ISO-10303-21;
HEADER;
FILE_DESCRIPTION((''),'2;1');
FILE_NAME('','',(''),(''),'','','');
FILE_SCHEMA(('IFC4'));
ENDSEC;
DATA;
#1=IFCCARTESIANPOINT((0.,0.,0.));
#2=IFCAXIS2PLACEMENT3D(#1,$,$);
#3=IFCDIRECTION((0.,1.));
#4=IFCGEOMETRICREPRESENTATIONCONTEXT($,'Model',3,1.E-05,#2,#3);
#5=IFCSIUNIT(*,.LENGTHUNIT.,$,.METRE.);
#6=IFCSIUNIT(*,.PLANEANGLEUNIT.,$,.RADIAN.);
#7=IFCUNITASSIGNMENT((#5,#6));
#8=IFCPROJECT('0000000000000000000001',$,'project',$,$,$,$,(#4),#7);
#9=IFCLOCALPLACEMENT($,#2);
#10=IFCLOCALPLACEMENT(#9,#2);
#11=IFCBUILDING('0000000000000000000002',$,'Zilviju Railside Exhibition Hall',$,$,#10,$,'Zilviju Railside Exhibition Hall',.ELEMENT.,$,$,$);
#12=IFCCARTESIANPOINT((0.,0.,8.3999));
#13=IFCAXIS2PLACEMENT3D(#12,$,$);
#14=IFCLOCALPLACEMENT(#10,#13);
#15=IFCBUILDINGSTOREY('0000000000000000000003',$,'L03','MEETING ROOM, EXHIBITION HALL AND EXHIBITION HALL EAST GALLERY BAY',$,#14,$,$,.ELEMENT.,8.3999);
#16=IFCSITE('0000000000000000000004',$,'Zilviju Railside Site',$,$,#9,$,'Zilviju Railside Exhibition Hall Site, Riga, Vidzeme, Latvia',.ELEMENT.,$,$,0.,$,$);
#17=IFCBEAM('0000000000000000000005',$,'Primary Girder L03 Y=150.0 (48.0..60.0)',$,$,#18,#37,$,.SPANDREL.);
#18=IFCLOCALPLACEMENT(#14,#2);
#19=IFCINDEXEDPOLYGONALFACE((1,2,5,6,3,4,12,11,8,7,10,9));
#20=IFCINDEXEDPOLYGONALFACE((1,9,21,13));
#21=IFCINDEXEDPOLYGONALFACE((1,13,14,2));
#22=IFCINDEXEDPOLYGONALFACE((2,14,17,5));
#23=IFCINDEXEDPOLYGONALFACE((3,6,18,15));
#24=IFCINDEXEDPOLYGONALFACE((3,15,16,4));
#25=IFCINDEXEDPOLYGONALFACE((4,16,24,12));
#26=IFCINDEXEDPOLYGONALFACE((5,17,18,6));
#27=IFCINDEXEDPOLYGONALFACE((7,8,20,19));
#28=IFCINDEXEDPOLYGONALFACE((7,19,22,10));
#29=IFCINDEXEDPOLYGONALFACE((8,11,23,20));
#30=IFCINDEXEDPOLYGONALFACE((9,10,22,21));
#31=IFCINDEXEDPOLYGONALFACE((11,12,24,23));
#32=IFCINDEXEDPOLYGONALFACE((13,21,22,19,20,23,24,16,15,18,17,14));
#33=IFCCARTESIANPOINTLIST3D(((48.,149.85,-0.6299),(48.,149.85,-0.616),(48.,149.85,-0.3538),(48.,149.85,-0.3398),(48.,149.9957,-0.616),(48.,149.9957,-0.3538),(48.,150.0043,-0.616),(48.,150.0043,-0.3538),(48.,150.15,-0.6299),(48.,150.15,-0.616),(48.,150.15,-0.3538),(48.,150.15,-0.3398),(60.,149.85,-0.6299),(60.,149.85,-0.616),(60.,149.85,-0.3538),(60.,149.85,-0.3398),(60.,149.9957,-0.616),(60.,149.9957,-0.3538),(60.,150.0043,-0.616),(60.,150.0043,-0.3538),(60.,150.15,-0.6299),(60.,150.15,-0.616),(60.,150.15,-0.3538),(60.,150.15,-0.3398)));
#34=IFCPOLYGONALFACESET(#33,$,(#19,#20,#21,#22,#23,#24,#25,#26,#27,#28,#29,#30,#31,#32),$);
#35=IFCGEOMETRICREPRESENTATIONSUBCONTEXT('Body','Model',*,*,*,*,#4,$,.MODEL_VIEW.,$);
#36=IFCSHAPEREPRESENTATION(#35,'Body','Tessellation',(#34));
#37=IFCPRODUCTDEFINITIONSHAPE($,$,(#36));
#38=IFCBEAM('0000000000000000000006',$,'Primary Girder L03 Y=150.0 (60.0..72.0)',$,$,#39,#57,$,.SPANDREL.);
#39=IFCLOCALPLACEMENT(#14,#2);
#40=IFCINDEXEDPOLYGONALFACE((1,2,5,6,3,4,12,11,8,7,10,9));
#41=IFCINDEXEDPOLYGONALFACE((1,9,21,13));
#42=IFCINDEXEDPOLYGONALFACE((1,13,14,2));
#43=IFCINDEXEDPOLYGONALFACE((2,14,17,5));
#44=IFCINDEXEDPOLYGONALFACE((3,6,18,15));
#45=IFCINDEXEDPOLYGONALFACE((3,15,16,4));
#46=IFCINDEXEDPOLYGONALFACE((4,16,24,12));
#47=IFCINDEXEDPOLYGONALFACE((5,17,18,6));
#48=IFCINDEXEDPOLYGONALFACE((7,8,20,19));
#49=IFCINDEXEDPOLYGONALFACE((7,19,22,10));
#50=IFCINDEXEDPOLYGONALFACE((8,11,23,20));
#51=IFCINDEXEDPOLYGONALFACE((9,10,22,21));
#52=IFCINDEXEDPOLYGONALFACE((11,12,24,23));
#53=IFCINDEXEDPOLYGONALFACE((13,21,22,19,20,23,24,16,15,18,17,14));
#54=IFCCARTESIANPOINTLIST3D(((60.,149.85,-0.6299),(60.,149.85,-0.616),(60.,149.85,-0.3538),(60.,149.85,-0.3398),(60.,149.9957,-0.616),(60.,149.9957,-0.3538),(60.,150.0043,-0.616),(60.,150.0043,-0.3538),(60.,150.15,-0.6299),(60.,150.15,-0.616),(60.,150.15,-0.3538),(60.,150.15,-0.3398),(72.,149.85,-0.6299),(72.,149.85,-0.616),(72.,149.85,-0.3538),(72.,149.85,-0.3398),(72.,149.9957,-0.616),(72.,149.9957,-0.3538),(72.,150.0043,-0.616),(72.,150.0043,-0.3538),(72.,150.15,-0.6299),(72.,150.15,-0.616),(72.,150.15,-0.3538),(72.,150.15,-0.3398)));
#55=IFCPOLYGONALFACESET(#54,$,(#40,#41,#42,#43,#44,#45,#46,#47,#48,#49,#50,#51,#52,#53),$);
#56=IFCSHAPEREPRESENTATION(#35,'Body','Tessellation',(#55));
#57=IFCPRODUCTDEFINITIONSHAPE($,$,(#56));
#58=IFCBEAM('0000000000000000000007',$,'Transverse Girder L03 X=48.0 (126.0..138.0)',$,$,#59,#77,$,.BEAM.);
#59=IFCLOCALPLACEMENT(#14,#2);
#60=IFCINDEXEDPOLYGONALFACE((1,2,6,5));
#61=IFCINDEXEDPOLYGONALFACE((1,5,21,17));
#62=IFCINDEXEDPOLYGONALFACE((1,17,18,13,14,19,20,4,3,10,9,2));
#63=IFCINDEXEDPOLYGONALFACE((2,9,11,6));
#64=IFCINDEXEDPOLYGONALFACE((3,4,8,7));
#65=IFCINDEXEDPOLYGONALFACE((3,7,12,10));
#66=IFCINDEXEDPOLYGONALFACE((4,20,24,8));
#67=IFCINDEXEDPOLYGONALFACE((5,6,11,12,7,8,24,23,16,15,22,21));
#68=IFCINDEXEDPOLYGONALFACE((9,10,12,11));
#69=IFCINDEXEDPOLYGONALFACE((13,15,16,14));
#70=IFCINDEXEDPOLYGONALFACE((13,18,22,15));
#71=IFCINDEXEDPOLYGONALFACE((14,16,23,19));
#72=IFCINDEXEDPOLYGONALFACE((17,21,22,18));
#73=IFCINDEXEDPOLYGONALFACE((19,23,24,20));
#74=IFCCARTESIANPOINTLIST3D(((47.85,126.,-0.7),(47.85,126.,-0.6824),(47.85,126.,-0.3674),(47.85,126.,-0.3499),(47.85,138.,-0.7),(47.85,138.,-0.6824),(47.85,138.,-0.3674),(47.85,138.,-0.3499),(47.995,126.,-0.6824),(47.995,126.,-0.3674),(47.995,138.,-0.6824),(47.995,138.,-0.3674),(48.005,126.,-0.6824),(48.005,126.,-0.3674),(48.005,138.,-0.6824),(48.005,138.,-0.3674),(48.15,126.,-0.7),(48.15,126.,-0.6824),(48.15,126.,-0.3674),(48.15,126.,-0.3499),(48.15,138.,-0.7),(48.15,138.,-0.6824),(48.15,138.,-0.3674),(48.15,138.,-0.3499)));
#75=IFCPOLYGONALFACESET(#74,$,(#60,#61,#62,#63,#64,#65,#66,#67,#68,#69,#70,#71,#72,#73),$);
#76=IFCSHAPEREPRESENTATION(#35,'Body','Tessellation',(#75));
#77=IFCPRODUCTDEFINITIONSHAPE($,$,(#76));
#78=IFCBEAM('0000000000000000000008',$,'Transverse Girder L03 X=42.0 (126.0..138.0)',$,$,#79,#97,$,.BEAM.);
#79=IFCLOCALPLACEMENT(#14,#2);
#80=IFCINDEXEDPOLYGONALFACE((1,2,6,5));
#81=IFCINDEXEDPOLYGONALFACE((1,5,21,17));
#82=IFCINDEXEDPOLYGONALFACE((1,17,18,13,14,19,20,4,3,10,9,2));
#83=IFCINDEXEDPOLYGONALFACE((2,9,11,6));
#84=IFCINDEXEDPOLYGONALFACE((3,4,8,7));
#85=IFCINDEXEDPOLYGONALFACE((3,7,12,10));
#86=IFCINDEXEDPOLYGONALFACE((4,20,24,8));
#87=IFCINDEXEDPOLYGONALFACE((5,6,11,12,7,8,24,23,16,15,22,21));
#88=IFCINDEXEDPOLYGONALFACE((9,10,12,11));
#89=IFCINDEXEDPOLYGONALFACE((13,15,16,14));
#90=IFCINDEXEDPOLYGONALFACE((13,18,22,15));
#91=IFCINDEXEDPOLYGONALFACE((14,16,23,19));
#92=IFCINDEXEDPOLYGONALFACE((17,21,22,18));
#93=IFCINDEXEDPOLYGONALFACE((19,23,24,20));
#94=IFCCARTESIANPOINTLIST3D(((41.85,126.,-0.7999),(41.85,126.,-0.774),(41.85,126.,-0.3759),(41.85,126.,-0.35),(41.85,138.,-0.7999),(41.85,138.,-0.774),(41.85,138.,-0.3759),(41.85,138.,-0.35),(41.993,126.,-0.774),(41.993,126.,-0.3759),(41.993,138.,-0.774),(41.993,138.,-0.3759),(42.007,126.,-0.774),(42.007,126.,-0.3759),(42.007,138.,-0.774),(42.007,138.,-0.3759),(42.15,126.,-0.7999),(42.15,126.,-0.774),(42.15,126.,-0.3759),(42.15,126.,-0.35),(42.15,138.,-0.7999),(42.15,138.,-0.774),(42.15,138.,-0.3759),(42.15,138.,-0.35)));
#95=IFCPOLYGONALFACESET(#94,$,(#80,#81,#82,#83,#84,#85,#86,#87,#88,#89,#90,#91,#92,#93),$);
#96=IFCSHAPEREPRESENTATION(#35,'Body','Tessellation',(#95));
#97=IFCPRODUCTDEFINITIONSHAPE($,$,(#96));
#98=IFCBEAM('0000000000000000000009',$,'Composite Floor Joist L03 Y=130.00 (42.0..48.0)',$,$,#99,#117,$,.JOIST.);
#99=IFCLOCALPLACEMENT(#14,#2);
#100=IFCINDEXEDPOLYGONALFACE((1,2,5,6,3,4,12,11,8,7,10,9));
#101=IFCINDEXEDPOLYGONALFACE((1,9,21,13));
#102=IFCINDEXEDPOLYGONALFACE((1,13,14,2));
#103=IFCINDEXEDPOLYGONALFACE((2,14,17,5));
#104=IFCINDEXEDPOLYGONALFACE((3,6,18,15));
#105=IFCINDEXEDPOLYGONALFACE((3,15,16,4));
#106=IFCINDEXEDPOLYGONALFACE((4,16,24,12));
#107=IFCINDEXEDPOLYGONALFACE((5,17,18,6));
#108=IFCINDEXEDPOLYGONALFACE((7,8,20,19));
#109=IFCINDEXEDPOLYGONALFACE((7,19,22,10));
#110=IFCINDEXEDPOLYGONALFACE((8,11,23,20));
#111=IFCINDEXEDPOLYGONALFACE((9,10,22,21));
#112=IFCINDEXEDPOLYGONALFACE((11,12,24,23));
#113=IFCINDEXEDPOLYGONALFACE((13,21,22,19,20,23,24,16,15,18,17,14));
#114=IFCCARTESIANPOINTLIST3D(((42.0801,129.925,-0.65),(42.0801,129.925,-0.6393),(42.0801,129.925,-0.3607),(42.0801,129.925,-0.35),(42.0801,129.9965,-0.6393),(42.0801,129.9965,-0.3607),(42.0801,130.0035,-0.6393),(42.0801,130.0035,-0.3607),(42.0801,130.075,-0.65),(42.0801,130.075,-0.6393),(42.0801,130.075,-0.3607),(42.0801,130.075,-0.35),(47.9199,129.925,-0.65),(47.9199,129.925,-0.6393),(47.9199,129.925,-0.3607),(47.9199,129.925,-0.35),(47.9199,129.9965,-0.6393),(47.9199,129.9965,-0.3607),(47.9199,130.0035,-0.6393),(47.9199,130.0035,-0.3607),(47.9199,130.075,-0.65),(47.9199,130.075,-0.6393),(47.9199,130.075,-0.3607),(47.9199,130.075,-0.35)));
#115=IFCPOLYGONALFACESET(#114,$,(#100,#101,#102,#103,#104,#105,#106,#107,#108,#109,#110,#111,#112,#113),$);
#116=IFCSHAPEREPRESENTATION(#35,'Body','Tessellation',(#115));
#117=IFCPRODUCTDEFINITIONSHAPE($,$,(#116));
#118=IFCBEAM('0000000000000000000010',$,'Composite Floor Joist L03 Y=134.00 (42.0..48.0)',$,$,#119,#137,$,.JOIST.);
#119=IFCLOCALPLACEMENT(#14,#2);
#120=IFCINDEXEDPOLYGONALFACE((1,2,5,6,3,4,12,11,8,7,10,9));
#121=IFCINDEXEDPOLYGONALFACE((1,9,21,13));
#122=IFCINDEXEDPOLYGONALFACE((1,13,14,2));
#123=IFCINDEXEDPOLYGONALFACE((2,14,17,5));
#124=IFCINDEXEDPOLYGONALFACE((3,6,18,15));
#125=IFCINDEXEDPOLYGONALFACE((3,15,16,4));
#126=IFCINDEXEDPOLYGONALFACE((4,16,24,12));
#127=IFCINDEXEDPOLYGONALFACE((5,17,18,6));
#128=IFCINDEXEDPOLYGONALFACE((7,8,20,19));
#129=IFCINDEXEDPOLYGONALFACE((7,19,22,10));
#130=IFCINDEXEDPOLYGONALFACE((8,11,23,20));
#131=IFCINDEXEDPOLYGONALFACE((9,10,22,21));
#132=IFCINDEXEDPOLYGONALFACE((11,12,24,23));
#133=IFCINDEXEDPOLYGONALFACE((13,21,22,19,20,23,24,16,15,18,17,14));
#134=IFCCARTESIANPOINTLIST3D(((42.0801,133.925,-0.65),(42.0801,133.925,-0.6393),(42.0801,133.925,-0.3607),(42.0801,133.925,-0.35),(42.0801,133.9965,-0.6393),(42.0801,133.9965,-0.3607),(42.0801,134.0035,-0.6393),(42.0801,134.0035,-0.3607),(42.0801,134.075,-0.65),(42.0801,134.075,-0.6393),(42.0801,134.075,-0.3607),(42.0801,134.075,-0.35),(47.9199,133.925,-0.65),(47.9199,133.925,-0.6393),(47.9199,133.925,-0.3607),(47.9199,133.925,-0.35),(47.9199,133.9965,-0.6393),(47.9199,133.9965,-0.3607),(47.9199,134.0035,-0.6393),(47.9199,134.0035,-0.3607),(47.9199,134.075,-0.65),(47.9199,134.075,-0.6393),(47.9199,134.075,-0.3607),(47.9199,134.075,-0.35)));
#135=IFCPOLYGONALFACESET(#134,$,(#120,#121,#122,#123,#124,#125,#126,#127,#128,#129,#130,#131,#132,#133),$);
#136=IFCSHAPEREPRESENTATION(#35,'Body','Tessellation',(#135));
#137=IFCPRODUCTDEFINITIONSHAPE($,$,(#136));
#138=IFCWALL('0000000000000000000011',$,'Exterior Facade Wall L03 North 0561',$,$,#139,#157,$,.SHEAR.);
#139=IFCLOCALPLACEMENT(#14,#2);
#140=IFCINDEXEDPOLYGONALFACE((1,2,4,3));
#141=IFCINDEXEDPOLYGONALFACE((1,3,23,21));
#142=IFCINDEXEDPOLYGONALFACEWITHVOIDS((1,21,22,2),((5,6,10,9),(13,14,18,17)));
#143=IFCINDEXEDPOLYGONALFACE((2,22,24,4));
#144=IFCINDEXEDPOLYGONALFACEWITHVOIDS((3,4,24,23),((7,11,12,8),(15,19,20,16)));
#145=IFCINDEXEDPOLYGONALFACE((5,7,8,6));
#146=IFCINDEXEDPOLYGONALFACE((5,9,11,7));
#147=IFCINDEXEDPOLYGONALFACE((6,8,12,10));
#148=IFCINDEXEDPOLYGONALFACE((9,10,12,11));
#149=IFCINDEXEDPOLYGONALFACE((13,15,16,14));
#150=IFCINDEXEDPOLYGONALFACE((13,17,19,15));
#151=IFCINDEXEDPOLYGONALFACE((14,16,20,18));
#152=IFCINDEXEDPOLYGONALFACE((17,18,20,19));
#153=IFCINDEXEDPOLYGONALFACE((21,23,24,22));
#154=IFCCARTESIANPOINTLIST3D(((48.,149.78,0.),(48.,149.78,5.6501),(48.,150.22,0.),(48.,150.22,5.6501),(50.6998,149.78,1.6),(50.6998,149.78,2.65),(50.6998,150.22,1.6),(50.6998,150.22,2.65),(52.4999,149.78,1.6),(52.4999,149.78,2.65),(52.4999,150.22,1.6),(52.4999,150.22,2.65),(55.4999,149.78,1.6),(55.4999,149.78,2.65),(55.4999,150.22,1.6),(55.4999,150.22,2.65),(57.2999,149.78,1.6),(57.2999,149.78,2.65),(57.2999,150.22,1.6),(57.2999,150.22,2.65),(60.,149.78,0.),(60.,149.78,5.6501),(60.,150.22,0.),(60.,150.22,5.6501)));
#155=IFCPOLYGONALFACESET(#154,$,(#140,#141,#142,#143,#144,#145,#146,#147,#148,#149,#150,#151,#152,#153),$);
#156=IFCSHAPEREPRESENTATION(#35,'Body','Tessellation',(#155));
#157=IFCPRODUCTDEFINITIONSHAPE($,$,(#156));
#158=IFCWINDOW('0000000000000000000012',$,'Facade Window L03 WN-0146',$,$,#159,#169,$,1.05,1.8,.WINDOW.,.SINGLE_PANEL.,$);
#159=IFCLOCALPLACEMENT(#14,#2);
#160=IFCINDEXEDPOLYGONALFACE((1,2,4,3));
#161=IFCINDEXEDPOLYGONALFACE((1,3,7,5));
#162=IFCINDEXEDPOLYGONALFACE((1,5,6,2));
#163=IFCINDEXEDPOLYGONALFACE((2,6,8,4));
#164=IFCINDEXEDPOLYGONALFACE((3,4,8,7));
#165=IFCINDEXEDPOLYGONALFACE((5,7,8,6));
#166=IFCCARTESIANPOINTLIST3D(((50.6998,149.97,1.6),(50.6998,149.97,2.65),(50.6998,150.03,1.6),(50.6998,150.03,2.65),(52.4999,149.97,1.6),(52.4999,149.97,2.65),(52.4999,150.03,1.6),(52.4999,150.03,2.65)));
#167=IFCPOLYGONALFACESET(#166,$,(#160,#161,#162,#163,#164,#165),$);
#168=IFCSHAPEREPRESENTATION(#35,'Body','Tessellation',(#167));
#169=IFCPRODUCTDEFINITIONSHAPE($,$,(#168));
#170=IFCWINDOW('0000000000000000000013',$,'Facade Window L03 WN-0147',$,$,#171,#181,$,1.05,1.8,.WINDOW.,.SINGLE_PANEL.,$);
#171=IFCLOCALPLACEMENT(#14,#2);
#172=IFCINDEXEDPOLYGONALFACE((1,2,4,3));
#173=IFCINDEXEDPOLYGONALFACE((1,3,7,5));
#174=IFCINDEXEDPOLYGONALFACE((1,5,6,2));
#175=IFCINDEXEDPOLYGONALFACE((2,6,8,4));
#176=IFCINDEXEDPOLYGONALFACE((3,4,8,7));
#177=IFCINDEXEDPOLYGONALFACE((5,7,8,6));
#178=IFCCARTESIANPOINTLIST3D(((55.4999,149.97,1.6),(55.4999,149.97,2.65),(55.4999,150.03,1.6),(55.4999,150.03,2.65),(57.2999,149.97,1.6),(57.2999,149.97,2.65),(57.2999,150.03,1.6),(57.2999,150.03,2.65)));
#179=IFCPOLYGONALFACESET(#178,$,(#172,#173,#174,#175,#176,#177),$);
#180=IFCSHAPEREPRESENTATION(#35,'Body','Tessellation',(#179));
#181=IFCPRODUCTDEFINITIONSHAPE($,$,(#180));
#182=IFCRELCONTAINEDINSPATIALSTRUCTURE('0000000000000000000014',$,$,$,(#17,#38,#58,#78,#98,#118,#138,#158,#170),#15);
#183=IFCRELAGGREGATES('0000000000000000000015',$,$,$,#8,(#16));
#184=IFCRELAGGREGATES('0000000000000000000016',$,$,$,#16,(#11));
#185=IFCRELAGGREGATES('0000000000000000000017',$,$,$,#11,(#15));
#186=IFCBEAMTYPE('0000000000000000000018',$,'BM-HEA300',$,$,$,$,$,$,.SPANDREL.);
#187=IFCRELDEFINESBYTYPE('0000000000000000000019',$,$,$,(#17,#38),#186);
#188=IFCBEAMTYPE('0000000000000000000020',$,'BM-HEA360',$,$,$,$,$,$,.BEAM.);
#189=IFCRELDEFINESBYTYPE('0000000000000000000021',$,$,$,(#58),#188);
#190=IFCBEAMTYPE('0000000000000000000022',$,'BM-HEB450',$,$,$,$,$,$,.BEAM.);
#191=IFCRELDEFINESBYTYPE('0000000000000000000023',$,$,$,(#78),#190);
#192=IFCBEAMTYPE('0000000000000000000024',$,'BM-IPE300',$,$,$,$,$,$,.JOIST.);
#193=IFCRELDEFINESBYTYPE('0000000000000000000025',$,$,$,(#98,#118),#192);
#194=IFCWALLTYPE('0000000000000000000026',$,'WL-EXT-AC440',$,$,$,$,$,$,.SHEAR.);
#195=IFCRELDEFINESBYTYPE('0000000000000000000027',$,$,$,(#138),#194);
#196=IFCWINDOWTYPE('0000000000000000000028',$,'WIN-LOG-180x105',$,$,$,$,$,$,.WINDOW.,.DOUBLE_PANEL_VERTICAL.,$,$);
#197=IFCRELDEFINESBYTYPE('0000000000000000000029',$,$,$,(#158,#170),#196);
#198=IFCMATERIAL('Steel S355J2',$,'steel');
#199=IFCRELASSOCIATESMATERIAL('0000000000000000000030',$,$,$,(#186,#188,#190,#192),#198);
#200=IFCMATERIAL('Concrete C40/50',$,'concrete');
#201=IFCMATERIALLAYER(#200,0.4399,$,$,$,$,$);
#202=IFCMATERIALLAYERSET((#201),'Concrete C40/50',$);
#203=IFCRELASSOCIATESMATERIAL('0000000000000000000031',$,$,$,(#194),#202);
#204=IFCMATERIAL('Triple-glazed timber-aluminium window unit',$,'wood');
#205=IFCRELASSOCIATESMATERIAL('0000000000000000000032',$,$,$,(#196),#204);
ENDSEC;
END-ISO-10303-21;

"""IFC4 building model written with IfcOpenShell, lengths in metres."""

from ifc_helpers import new_model, si_unit, direction, frame, frame_2d, origin, origin_2d, place, context, subcontext, project, spatial, rectangle, i_section, extrude, material, layer, layer_set, material_profile, profile_set, type_object, element, fill, save


model = new_model("IFC4")

# Units and contexts
model_context = context("Model", 3, precision=1e-05, world=origin(), true_north=direction((0.0, 1.0)))
body_context = subcontext(model_context, "Body", "Model", "MODEL_VIEW")
ifc_project = project(units=[si_unit("LENGTHUNIT", "METRE"), si_unit("PLANEANGLEUNIT", "RADIAN")], contexts=[model_context])

# Site, building, storey
site_placement = place(None, origin())
site = spatial("IfcSite", under=ifc_project, at=site_placement, Name="Zilviju Railside Site", LongName="Zilviju Railside Exhibition Hall Site, Riga, Vidzeme, Latvia", CompositionType="ELEMENT", RefElevation=0.0)
building_placement = place(site_placement, origin())
building = spatial("IfcBuilding", under=site, at=building_placement, Name="Zilviju Railside Exhibition Hall", LongName="Zilviju Railside Exhibition Hall", CompositionType="ELEMENT")
storey_placement = place(building_placement, frame((0.0, 0.0, 8.3999)))
storey = spatial("IfcBuildingStorey", under=building, at=storey_placement, Name="L03", Description="MEETING ROOM, EXHIBITION HALL AND EXHIBITION HALL EAST GALLERY BAY", CompositionType="ELEMENT", Elevation=8.3999)

# Shared definitions
ifc_material_1 = material(Name="Steel S355J2", Category="steel")

# Beams
ifc_material_profile_1 = material_profile(ifc_material_1, i_section(OverallWidth=0.3, OverallDepth=0.29, WebThickness=0.0085, FlangeThickness=0.0139, at=origin_2d()), Name="HEA 300")
ifc_profile_set_1 = profile_set([ifc_material_profile_1], Name="Steel S355J2")
beam_type_1 = type_object("IfcBeamType", Name="BM-HEA300", PredefinedType="SPANDREL", material=ifc_profile_set_1)
for number, where, z_axis, x_axis, name in (
    (1, (48.0, 150.0, -0.4849), (1.0, 0.0, 0.0), (0.0, 1.0, 0.0), "Primary Girder L03 Y=150.0 (48.0..60.0)"),
    (2, (60.0, 150.0, -0.4849), (1.0, 0.0, 0.0), (0.0, 1.0, 0.0), "Primary Girder L03 Y=150.0 (60.0..72.0)"),
):
    element("IfcBeam", number, at=place(storey_placement, frame(where, z_axis=z_axis, x_axis=x_axis)), inside=storey, type_object=beam_type_1, Name=name, PredefinedType="SPANDREL", context=body_context, shape_type="SweptSolid", body=[
        extrude(i_section(OverallWidth=0.3, OverallDepth=0.29, WebThickness=0.0085, FlangeThickness=0.0139, at=origin_2d()), origin(), (0.0, 0.0, 1.0), 12.0),
    ])
ifc_material_profile_2 = material_profile(ifc_material_1, i_section(OverallWidth=0.3, OverallDepth=0.3501, WebThickness=0.01, FlangeThickness=0.0176, at=origin_2d()), Name="HEA 360")
ifc_profile_set_2 = profile_set([ifc_material_profile_2], Name="Steel S355J2")
beam_type_2 = type_object("IfcBeamType", Name="BM-HEA360", PredefinedType="BEAM", material=ifc_profile_set_2)
beam_1_placement = place(storey_placement, frame((48.0, 126.0, -0.5249), z_axis=(0.0, 1.0, 0.0), x_axis=(-1.0, 0.0, 0.0)))
element("IfcBeam", 3, at=beam_1_placement, inside=storey, type_object=beam_type_2, Name="Transverse Girder L03 X=48.0 (126.0..138.0)", PredefinedType="BEAM", context=body_context, shape_type="SweptSolid", body=[
    extrude(i_section(OverallWidth=0.3, OverallDepth=0.3501, WebThickness=0.01, FlangeThickness=0.0176, at=origin_2d()), origin(), (0.0, 0.0, 1.0), 12.0),
])
ifc_material_profile_3 = material_profile(ifc_material_1, i_section(OverallWidth=0.3, OverallDepth=0.45, WebThickness=0.0139, FlangeThickness=0.0259, at=origin_2d()), Name="HEB 450")
ifc_profile_set_3 = profile_set([ifc_material_profile_3], Name="Steel S355J2")
beam_type_3 = type_object("IfcBeamType", Name="BM-HEB450", PredefinedType="BEAM", material=ifc_profile_set_3)
beam_2_placement = place(storey_placement, frame((42.0, 126.0, -0.575), z_axis=(0.0, 1.0, 0.0), x_axis=(-1.0, 0.0, 0.0)))
element("IfcBeam", 4, at=beam_2_placement, inside=storey, type_object=beam_type_3, Name="Transverse Girder L03 X=42.0 (126.0..138.0)", PredefinedType="BEAM", context=body_context, shape_type="SweptSolid", body=[
    extrude(i_section(OverallWidth=0.3, OverallDepth=0.45, WebThickness=0.0139, FlangeThickness=0.0259, at=origin_2d()), origin(), (0.0, 0.0, 1.0), 12.0),
])
ifc_material_profile_4 = material_profile(ifc_material_1, i_section(OverallWidth=0.1499, OverallDepth=0.3, WebThickness=0.0071, FlangeThickness=0.0107, at=origin_2d()), Name="IPE 300")
ifc_profile_set_4 = profile_set([ifc_material_profile_4], Name="Steel S355J2")
beam_type_4 = type_object("IfcBeamType", Name="BM-IPE300", PredefinedType="JOIST", material=ifc_profile_set_4)
for number, where, z_axis, x_axis, name in (
    (5, (42.0801, 130.0, -0.5), (1.0, 0.0, 0.0), (0.0, 1.0, 0.0), "Composite Floor Joist L03 Y=130.00 (42.0..48.0)"),
    (6, (42.0801, 134.0, -0.5), (1.0, 0.0, 0.0), (0.0, 1.0, 0.0), "Composite Floor Joist L03 Y=134.00 (42.0..48.0)"),
):
    element("IfcBeam", number, at=place(storey_placement, frame(where, z_axis=z_axis, x_axis=x_axis)), inside=storey, type_object=beam_type_4, Name=name, PredefinedType="JOIST", context=body_context, shape_type="SweptSolid", body=[
        extrude(i_section(OverallWidth=0.1499, OverallDepth=0.3, WebThickness=0.0071, FlangeThickness=0.0107, at=origin_2d()), origin(), (0.0, 0.0, 1.0), 5.8398),
    ])

# Wall, openings, windows
ifc_material_2 = material(Name="Concrete C40/50", Category="concrete")
ifc_layer_1 = layer(ifc_material_2, 0.4399)
ifc_layer_set_1 = layer_set([ifc_layer_1], Name="Concrete C40/50")
wall_type_1 = type_object("IfcWallType", Name="WL-EXT-AC440", PredefinedType="SHEAR", material=ifc_layer_set_1)
wall_1_placement = place(storey_placement, frame((48.0, 150.0, 0.0), z_axis=(0.0, 0.0, 1.0), x_axis=(1.0, 0.0, 0.0)))
wall_1 = element("IfcWall", 7, at=wall_1_placement, inside=storey, type_object=wall_type_1, Name="Exterior Facade Wall L03 North 0561", PredefinedType="SHEAR", context=body_context, shape_type="SweptSolid", body=[
    extrude(rectangle(XDim=12.0, YDim=0.4399, at=frame_2d((6.0, 0.0))), origin(), (0.0, 0.0, 1.0), 5.6501),
])
opening_1_placement = place(wall_1_placement, frame((2.7, 0.0, 1.6001)))
opening_1 = element("IfcOpeningElement", 8, at=opening_1_placement, cuts=wall_1, PredefinedType="OPENING", context=body_context, shape_type="SweptSolid", body=[
    extrude(rectangle(XDim=1.8, YDim=1.05, at=frame_2d((0.8999, 0.5249))), frame((0.0, 0.23, 0.0), z_axis=(0.0, -1.0, 0.0), x_axis=(1.0, 0.0, 0.0)), (0.0, 0.0, 1.0), 0.46),
])
opening_2_placement = place(wall_1_placement, frame((7.5, 0.0, 1.6001)))
opening_2 = element("IfcOpeningElement", 9, at=opening_2_placement, cuts=wall_1, PredefinedType="OPENING", context=body_context, shape_type="SweptSolid", body=[
    extrude(rectangle(XDim=1.8, YDim=1.05, at=frame_2d((0.8999, 0.5249))), frame((0.0, 0.23, 0.0), z_axis=(0.0, -1.0, 0.0), x_axis=(1.0, 0.0, 0.0)), (0.0, 0.0, 1.0), 0.46),
])
ifc_material_3 = material(Name="Triple-glazed timber-aluminium window unit", Category="wood")
window_type = type_object("IfcWindowType", Name="WIN-LOG-180x105", PartitioningType="DOUBLE_PANEL_VERTICAL", PredefinedType="WINDOW", material=ifc_material_3)
window_1_placement = place(opening_1_placement, origin())
window_1 = element("IfcWindow", 10, at=window_1_placement, inside=storey, type_object=window_type, Name="Facade Window L03 WN-0146", OverallHeight=1.05, OverallWidth=1.8, PartitioningType="SINGLE_PANEL", PredefinedType="WINDOW", context=body_context, shape_type="SweptSolid", body=[
    extrude(rectangle(XDim=1.8, YDim=1.05, at=frame_2d((0.8999, 0.5249))), frame((0.0, 0.03, 0.0), z_axis=(0.0, -1.0, 0.0), x_axis=(1.0, 0.0, 0.0)), (0.0, 0.0, 1.0), 0.0601),
])
fill(opening_1, window_1)
window_2_placement = place(opening_2_placement, origin())
window_2 = element("IfcWindow", 11, at=window_2_placement, inside=storey, type_object=window_type, Name="Facade Window L03 WN-0147", OverallHeight=1.05, OverallWidth=1.8, PartitioningType="SINGLE_PANEL", PredefinedType="WINDOW", context=body_context, shape_type="SweptSolid", body=[
    extrude(rectangle(XDim=1.8, YDim=1.05, at=frame_2d((0.8999, 0.5249))), frame((0.0, 0.03, 0.0), z_axis=(0.0, -1.0, 0.0), x_axis=(1.0, 0.0, 0.0)), (0.0, 0.0, 1.0), 0.0601),
])
fill(opening_2, window_2)

save(model, "model.ifc")
